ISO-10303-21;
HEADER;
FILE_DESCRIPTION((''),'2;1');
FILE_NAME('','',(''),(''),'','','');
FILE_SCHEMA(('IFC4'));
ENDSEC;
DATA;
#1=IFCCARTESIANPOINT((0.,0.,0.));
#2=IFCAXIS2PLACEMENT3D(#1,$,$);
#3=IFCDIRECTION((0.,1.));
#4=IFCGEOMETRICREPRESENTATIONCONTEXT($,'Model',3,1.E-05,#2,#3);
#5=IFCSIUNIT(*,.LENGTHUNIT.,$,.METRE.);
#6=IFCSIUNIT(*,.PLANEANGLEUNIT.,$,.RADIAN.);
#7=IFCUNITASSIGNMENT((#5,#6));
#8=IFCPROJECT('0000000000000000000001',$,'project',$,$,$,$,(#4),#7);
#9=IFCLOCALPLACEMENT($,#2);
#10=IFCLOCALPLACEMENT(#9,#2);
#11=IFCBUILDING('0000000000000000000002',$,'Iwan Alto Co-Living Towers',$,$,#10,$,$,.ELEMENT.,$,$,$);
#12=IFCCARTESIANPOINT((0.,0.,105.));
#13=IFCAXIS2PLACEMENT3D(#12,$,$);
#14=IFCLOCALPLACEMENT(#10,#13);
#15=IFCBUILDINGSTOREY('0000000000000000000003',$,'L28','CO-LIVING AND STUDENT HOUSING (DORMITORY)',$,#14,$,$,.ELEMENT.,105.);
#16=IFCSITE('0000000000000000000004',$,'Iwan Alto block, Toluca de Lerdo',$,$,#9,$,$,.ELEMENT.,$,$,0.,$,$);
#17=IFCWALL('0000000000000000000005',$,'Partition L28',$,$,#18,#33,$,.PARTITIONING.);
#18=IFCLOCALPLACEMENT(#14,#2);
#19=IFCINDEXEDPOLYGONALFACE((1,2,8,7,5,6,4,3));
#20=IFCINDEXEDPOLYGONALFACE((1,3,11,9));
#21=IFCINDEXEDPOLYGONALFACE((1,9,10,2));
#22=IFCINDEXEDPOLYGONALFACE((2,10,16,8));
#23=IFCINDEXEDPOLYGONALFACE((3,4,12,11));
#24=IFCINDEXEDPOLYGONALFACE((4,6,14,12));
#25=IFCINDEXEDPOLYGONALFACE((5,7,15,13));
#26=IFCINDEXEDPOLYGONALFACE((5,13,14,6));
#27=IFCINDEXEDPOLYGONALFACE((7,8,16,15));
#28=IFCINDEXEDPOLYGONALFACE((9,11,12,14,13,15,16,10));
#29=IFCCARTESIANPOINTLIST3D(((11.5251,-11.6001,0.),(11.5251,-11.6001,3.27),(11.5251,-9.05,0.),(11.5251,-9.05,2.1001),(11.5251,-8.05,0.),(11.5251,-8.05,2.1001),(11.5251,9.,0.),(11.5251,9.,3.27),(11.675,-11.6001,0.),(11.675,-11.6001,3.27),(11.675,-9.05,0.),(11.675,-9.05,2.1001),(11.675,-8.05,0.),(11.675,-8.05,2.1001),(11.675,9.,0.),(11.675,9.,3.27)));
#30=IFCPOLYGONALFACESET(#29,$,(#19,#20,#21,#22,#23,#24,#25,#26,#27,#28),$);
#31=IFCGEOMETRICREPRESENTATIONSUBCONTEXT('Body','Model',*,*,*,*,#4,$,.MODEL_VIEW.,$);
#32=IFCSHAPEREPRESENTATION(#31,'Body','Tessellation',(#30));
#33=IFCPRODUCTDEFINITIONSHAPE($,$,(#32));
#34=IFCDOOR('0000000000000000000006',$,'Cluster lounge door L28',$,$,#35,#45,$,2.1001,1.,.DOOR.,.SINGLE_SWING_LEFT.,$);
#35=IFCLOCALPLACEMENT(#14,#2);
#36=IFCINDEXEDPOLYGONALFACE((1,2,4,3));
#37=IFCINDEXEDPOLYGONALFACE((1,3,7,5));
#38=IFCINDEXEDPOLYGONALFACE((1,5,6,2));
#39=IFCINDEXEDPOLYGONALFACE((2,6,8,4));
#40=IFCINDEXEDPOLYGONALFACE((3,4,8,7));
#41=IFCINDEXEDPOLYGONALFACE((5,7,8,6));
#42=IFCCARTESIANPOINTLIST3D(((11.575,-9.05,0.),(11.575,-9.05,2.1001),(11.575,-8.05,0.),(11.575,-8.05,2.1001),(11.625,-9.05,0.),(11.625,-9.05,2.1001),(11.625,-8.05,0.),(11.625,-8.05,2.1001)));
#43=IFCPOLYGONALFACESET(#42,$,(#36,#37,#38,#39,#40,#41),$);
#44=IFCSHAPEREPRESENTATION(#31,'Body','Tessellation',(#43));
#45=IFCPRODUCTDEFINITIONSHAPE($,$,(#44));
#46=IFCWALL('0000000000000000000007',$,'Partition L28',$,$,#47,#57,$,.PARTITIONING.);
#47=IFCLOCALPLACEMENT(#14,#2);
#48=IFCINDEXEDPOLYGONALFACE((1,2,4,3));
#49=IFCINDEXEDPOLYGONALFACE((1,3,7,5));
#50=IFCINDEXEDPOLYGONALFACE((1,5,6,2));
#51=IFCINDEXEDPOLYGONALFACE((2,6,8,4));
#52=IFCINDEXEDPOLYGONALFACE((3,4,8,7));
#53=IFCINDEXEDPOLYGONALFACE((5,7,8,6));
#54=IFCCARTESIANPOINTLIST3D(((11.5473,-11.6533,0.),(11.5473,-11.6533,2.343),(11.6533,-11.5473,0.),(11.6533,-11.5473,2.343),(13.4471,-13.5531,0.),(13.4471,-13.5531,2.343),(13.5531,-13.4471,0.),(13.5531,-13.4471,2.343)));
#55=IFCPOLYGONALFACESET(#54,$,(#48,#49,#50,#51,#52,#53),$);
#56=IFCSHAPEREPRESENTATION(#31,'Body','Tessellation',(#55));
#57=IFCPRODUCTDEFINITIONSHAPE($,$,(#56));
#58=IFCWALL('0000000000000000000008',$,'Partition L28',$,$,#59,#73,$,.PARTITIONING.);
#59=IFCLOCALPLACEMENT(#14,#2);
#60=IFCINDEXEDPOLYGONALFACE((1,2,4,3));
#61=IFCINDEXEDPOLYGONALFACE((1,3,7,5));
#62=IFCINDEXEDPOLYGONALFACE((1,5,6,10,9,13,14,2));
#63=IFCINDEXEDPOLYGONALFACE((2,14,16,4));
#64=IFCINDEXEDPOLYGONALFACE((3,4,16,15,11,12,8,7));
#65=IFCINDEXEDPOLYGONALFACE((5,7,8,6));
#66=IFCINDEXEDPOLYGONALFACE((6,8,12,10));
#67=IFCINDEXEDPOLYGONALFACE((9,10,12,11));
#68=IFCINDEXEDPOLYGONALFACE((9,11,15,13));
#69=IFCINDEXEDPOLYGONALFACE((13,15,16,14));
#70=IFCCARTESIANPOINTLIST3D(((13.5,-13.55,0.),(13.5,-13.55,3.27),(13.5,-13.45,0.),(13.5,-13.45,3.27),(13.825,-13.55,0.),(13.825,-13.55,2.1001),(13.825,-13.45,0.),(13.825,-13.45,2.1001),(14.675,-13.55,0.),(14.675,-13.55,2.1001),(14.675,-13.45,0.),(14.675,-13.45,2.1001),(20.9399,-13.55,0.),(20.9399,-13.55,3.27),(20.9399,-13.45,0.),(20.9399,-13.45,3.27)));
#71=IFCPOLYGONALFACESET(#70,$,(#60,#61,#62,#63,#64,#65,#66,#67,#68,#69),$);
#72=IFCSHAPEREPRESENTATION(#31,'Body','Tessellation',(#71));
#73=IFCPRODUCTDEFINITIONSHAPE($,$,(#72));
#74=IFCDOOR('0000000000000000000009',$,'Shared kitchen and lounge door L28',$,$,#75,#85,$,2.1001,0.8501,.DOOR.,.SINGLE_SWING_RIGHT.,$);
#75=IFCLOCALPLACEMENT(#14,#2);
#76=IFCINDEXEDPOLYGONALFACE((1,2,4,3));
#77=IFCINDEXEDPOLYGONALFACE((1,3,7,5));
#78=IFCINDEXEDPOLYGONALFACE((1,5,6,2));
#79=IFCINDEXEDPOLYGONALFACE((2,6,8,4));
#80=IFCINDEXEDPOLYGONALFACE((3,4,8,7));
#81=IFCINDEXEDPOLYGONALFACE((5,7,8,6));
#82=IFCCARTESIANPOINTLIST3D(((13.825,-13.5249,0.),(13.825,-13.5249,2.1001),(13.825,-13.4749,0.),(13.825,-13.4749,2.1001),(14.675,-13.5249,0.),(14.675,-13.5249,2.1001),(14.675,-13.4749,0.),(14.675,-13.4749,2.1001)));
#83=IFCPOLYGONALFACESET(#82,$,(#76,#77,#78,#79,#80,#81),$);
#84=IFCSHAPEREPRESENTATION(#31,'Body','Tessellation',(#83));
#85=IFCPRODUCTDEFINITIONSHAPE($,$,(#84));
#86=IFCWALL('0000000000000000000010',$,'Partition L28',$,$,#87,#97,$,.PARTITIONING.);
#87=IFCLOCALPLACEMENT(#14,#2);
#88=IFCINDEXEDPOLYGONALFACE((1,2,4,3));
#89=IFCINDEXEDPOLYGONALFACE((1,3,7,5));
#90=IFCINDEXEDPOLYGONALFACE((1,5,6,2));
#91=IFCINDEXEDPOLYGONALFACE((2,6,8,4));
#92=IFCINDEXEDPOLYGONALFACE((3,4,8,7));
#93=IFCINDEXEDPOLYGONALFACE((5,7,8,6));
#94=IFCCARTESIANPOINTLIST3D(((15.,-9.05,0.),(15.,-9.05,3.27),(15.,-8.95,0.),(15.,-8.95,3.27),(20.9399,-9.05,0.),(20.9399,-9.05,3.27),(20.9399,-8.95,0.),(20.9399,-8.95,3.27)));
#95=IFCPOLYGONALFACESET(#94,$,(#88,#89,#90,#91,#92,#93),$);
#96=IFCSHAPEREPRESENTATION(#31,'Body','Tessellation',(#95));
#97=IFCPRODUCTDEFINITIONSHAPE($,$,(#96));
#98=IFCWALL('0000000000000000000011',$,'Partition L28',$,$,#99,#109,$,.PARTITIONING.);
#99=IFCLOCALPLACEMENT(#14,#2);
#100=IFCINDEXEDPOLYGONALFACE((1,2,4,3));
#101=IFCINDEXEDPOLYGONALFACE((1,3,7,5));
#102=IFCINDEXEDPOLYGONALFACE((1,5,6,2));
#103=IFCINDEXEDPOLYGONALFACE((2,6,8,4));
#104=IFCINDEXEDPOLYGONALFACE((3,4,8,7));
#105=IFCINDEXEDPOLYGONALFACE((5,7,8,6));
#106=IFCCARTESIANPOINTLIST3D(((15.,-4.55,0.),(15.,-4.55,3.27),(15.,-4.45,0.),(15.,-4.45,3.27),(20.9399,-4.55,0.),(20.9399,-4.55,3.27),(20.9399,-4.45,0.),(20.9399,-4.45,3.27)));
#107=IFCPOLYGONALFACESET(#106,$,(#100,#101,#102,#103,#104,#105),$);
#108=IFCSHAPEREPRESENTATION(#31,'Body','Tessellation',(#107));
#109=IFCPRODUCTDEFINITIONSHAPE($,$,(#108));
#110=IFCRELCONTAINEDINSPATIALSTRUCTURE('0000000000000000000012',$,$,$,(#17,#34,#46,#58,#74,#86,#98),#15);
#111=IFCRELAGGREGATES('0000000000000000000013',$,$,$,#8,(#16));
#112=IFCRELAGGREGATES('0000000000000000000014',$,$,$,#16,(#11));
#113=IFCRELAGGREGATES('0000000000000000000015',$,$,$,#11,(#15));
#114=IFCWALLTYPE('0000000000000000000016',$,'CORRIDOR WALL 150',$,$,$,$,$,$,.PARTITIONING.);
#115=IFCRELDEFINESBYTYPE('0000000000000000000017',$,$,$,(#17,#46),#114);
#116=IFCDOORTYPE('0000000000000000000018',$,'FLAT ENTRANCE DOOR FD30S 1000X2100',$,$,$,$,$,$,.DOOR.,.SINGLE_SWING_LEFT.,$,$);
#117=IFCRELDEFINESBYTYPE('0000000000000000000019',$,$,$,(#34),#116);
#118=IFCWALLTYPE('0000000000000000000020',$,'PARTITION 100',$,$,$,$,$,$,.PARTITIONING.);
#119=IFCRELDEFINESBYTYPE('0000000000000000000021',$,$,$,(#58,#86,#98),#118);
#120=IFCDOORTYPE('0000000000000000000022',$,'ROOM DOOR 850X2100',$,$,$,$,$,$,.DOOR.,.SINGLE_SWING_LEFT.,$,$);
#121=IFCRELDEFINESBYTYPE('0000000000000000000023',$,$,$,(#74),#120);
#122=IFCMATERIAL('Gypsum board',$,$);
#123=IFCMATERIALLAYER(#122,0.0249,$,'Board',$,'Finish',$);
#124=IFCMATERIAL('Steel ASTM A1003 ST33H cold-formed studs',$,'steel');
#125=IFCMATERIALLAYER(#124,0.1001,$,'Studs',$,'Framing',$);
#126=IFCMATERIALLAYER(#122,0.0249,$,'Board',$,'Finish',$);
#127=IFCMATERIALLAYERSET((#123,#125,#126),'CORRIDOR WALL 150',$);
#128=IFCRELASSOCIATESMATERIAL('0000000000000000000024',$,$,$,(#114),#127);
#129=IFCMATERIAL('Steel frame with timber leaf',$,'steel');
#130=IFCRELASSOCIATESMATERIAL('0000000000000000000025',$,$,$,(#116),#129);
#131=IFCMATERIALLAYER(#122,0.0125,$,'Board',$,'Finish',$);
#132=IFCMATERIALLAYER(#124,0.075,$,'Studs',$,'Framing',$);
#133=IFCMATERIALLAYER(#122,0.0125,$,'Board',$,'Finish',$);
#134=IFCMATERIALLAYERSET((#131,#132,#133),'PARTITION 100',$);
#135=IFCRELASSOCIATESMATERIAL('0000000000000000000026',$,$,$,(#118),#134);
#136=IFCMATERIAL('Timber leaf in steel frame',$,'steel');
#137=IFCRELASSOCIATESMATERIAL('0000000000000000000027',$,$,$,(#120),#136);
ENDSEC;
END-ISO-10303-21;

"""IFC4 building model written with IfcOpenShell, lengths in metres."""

from ifc_helpers import new_model, si_unit, direction, frame, frame_2d, origin, place, context, subcontext, project, spatial, rectangle, extrude, material, layer, layer_set, type_object, element, fill, save


model = new_model("IFC4")

# Units and contexts
model_context = context("Model", 3, precision=1e-05, world=origin(), true_north=direction((0.0, 1.0)))
body_context = subcontext(model_context, "Body", "Model", "MODEL_VIEW")
ifc_project = project(units=[si_unit("LENGTHUNIT", "METRE"), si_unit("PLANEANGLEUNIT", "RADIAN")], contexts=[model_context])

# Site, building, storey
site_placement = place(None, origin())
site = spatial("IfcSite", under=ifc_project, at=site_placement, Name="Iwan Alto block, Toluca de Lerdo", CompositionType="ELEMENT", RefElevation=0.0)
building_placement = place(site_placement, origin())
building = spatial("IfcBuilding", under=site, at=building_placement, Name="Iwan Alto Co-Living Towers", CompositionType="ELEMENT")
storey_placement = place(building_placement, frame((0.0, 0.0, 105.0)))
storey = spatial("IfcBuildingStorey", under=building, at=storey_placement, Name="L28", Description="CO-LIVING AND STUDENT HOUSING (DORMITORY)", CompositionType="ELEMENT", Elevation=105.0)

# Wall, opening, door
ifc_material_1 = material(Name="Gypsum board")
ifc_layer_1 = layer(ifc_material_1, 0.0249, Name="Board", Category="Finish")
ifc_material_2 = material(Name="Steel ASTM A1003 ST33H cold-formed studs", Category="steel")
ifc_layer_2 = layer(ifc_material_2, 0.1001, Name="Studs", Category="Framing")
ifc_layer_3 = layer(ifc_material_1, 0.0249, Name="Board", Category="Finish")
ifc_layer_set_1 = layer_set([ifc_layer_1, ifc_layer_2, ifc_layer_3], Name="CORRIDOR WALL 150")
wall_type_1 = type_object("IfcWallType", Name="CORRIDOR WALL 150", PredefinedType="PARTITIONING", material=ifc_layer_set_1)
wall_1_placement = place(storey_placement, frame((11.6001, -11.6001, 0.0), z_axis=(0.0, 0.0, 1.0), x_axis=(0.0, 1.0, 0.0)))
wall_1 = element("IfcWall", 1, at=wall_1_placement, inside=storey, type_object=wall_type_1, Name="Partition L28", PredefinedType="PARTITIONING", context=body_context, shape_type="SweptSolid", body=[
    extrude(rectangle(XDim=20.6001, YDim=0.1499, at=frame_2d((10.3, 0.0))), origin(), (0.0, 0.0, 1.0), 3.27),
])
opening_1_placement = place(wall_1_placement, frame((2.55, 0.0, 0.0)))
opening_1 = element("IfcOpeningElement", 2, at=opening_1_placement, cuts=wall_1, PredefinedType="OPENING", context=body_context, shape_type="SweptSolid", body=[
    extrude(rectangle(XDim=1.0, YDim=2.1001, at=frame_2d((0.5, 1.05))), frame((0.0, 0.085, 0.0), z_axis=(0.0, -1.0, 0.0), x_axis=(1.0, 0.0, 0.0)), (0.0, 0.0, 1.0), 0.1699),
])
ifc_material_3 = material(Name="Steel frame with timber leaf", Category="steel")
door_type_1 = type_object("IfcDoorType", Name="FLAT ENTRANCE DOOR FD30S 1000X2100", OperationType="SINGLE_SWING_LEFT", PredefinedType="DOOR", material=ifc_material_3)
door_1_placement = place(opening_1_placement, frame((1.0, 0.0, 0.0), z_axis=(0.0, 0.0, 1.0), x_axis=(-1.0, 0.0, 0.0)))
door_1 = element("IfcDoor", 3, at=door_1_placement, inside=storey, type_object=door_type_1, Name="Cluster lounge door L28", OperationType="SINGLE_SWING_LEFT", OverallHeight=2.1001, OverallWidth=1.0, PredefinedType="DOOR", context=body_context, shape_type="SweptSolid", body=[
    extrude(rectangle(XDim=1.0, YDim=2.1001, at=frame_2d((0.5, 1.05))), frame((0.0, 0.0249, 0.0), z_axis=(0.0, -1.0, 0.0), x_axis=(1.0, 0.0, 0.0)), (0.0, 0.0, 1.0), 0.05),
])
fill(opening_1, door_1)

# Wall
wall_2_placement = place(storey_placement, frame((13.5, -13.5, 0.0), z_axis=(0.0, 0.0, 1.0), x_axis=(-0.707107, 0.707107, 0.0)))
element("IfcWall", 4, at=wall_2_placement, inside=storey, type_object=wall_type_1, Name="Partition L28", PredefinedType="PARTITIONING", context=body_context, shape_type="SweptSolid", body=[
    extrude(rectangle(XDim=2.6868, YDim=0.1499, at=frame_2d((1.3433, 0.0))), origin(), (0.0, 0.0, 1.0), 2.343),
])

# Wall, opening, door
ifc_layer_4 = layer(ifc_material_1, 0.0125, Name="Board", Category="Finish")
ifc_layer_5 = layer(ifc_material_2, 0.075, Name="Studs", Category="Framing")
ifc_layer_6 = layer(ifc_material_1, 0.0125, Name="Board", Category="Finish")
ifc_layer_set_2 = layer_set([ifc_layer_4, ifc_layer_5, ifc_layer_6], Name="PARTITION 100")
wall_type_2 = type_object("IfcWallType", Name="PARTITION 100", PredefinedType="PARTITIONING", material=ifc_layer_set_2)
wall_3_placement = place(storey_placement, frame((13.5, -13.5, 0.0), z_axis=(0.0, 0.0, 1.0), x_axis=(1.0, 0.0, 0.0)))
wall_3 = element("IfcWall", 5, at=wall_3_placement, inside=storey, type_object=wall_type_2, Name="Partition L28", PredefinedType="PARTITIONING", context=body_context, shape_type="SweptSolid", body=[
    extrude(rectangle(XDim=7.4399, YDim=0.1001, at=frame_2d((3.72, 0.0))), origin(), (0.0, 0.0, 1.0), 3.27),
])
opening_2_placement = place(wall_3_placement, frame((0.325, 0.0, 0.0)))
opening_2 = element("IfcOpeningElement", 6, at=opening_2_placement, cuts=wall_3, PredefinedType="OPENING", context=body_context, shape_type="SweptSolid", body=[
    extrude(rectangle(XDim=0.8501, YDim=2.1001, at=frame_2d((0.425, 1.05))), frame((0.0, 0.0601, 0.0), z_axis=(0.0, -1.0, 0.0), x_axis=(1.0, 0.0, 0.0)), (0.0, 0.0, 1.0), 0.1201),
])
ifc_material_4 = material(Name="Timber leaf in steel frame", Category="steel")
door_type_2 = type_object("IfcDoorType", Name="ROOM DOOR 850X2100", OperationType="SINGLE_SWING_LEFT", PredefinedType="DOOR", material=ifc_material_4)
door_2_placement = place(opening_2_placement, frame((0.8501, 0.0, 0.0), z_axis=(0.0, 0.0, 1.0), x_axis=(-1.0, 0.0, 0.0)))
door_2 = element("IfcDoor", 7, at=door_2_placement, inside=storey, type_object=door_type_2, Name="Shared kitchen and lounge door L28", OperationType="SINGLE_SWING_RIGHT", OverallHeight=2.1001, OverallWidth=0.8501, PredefinedType="DOOR", context=body_context, shape_type="SweptSolid", body=[
    extrude(rectangle(XDim=0.8501, YDim=2.1001, at=frame_2d((0.425, 1.05))), frame((0.0, 0.0249, 0.0), z_axis=(0.0, -1.0, 0.0), x_axis=(1.0, 0.0, 0.0)), (0.0, 0.0, 1.0), 0.05),
])
fill(opening_2, door_2)

# Walls
for number, where, z_axis, x_axis, name in (
    (8, (15.0, -9.0, 0.0), (0.0, 0.0, 1.0), (1.0, 0.0, 0.0), "Partition L28"),
    (9, (15.0, -4.5, 0.0), (0.0, 0.0, 1.0), (1.0, 0.0, 0.0), "Partition L28"),
):
    element("IfcWall", number, at=place(storey_placement, frame(where, z_axis=z_axis, x_axis=x_axis)), inside=storey, type_object=wall_type_2, Name=name, PredefinedType="PARTITIONING", context=body_context, shape_type="SweptSolid", body=[
        extrude(rectangle(XDim=5.9399, YDim=0.1001, at=frame_2d((2.97, 0.0))), origin(), (0.0, 0.0, 1.0), 3.27),
    ])

save(model, "model.ifc")
